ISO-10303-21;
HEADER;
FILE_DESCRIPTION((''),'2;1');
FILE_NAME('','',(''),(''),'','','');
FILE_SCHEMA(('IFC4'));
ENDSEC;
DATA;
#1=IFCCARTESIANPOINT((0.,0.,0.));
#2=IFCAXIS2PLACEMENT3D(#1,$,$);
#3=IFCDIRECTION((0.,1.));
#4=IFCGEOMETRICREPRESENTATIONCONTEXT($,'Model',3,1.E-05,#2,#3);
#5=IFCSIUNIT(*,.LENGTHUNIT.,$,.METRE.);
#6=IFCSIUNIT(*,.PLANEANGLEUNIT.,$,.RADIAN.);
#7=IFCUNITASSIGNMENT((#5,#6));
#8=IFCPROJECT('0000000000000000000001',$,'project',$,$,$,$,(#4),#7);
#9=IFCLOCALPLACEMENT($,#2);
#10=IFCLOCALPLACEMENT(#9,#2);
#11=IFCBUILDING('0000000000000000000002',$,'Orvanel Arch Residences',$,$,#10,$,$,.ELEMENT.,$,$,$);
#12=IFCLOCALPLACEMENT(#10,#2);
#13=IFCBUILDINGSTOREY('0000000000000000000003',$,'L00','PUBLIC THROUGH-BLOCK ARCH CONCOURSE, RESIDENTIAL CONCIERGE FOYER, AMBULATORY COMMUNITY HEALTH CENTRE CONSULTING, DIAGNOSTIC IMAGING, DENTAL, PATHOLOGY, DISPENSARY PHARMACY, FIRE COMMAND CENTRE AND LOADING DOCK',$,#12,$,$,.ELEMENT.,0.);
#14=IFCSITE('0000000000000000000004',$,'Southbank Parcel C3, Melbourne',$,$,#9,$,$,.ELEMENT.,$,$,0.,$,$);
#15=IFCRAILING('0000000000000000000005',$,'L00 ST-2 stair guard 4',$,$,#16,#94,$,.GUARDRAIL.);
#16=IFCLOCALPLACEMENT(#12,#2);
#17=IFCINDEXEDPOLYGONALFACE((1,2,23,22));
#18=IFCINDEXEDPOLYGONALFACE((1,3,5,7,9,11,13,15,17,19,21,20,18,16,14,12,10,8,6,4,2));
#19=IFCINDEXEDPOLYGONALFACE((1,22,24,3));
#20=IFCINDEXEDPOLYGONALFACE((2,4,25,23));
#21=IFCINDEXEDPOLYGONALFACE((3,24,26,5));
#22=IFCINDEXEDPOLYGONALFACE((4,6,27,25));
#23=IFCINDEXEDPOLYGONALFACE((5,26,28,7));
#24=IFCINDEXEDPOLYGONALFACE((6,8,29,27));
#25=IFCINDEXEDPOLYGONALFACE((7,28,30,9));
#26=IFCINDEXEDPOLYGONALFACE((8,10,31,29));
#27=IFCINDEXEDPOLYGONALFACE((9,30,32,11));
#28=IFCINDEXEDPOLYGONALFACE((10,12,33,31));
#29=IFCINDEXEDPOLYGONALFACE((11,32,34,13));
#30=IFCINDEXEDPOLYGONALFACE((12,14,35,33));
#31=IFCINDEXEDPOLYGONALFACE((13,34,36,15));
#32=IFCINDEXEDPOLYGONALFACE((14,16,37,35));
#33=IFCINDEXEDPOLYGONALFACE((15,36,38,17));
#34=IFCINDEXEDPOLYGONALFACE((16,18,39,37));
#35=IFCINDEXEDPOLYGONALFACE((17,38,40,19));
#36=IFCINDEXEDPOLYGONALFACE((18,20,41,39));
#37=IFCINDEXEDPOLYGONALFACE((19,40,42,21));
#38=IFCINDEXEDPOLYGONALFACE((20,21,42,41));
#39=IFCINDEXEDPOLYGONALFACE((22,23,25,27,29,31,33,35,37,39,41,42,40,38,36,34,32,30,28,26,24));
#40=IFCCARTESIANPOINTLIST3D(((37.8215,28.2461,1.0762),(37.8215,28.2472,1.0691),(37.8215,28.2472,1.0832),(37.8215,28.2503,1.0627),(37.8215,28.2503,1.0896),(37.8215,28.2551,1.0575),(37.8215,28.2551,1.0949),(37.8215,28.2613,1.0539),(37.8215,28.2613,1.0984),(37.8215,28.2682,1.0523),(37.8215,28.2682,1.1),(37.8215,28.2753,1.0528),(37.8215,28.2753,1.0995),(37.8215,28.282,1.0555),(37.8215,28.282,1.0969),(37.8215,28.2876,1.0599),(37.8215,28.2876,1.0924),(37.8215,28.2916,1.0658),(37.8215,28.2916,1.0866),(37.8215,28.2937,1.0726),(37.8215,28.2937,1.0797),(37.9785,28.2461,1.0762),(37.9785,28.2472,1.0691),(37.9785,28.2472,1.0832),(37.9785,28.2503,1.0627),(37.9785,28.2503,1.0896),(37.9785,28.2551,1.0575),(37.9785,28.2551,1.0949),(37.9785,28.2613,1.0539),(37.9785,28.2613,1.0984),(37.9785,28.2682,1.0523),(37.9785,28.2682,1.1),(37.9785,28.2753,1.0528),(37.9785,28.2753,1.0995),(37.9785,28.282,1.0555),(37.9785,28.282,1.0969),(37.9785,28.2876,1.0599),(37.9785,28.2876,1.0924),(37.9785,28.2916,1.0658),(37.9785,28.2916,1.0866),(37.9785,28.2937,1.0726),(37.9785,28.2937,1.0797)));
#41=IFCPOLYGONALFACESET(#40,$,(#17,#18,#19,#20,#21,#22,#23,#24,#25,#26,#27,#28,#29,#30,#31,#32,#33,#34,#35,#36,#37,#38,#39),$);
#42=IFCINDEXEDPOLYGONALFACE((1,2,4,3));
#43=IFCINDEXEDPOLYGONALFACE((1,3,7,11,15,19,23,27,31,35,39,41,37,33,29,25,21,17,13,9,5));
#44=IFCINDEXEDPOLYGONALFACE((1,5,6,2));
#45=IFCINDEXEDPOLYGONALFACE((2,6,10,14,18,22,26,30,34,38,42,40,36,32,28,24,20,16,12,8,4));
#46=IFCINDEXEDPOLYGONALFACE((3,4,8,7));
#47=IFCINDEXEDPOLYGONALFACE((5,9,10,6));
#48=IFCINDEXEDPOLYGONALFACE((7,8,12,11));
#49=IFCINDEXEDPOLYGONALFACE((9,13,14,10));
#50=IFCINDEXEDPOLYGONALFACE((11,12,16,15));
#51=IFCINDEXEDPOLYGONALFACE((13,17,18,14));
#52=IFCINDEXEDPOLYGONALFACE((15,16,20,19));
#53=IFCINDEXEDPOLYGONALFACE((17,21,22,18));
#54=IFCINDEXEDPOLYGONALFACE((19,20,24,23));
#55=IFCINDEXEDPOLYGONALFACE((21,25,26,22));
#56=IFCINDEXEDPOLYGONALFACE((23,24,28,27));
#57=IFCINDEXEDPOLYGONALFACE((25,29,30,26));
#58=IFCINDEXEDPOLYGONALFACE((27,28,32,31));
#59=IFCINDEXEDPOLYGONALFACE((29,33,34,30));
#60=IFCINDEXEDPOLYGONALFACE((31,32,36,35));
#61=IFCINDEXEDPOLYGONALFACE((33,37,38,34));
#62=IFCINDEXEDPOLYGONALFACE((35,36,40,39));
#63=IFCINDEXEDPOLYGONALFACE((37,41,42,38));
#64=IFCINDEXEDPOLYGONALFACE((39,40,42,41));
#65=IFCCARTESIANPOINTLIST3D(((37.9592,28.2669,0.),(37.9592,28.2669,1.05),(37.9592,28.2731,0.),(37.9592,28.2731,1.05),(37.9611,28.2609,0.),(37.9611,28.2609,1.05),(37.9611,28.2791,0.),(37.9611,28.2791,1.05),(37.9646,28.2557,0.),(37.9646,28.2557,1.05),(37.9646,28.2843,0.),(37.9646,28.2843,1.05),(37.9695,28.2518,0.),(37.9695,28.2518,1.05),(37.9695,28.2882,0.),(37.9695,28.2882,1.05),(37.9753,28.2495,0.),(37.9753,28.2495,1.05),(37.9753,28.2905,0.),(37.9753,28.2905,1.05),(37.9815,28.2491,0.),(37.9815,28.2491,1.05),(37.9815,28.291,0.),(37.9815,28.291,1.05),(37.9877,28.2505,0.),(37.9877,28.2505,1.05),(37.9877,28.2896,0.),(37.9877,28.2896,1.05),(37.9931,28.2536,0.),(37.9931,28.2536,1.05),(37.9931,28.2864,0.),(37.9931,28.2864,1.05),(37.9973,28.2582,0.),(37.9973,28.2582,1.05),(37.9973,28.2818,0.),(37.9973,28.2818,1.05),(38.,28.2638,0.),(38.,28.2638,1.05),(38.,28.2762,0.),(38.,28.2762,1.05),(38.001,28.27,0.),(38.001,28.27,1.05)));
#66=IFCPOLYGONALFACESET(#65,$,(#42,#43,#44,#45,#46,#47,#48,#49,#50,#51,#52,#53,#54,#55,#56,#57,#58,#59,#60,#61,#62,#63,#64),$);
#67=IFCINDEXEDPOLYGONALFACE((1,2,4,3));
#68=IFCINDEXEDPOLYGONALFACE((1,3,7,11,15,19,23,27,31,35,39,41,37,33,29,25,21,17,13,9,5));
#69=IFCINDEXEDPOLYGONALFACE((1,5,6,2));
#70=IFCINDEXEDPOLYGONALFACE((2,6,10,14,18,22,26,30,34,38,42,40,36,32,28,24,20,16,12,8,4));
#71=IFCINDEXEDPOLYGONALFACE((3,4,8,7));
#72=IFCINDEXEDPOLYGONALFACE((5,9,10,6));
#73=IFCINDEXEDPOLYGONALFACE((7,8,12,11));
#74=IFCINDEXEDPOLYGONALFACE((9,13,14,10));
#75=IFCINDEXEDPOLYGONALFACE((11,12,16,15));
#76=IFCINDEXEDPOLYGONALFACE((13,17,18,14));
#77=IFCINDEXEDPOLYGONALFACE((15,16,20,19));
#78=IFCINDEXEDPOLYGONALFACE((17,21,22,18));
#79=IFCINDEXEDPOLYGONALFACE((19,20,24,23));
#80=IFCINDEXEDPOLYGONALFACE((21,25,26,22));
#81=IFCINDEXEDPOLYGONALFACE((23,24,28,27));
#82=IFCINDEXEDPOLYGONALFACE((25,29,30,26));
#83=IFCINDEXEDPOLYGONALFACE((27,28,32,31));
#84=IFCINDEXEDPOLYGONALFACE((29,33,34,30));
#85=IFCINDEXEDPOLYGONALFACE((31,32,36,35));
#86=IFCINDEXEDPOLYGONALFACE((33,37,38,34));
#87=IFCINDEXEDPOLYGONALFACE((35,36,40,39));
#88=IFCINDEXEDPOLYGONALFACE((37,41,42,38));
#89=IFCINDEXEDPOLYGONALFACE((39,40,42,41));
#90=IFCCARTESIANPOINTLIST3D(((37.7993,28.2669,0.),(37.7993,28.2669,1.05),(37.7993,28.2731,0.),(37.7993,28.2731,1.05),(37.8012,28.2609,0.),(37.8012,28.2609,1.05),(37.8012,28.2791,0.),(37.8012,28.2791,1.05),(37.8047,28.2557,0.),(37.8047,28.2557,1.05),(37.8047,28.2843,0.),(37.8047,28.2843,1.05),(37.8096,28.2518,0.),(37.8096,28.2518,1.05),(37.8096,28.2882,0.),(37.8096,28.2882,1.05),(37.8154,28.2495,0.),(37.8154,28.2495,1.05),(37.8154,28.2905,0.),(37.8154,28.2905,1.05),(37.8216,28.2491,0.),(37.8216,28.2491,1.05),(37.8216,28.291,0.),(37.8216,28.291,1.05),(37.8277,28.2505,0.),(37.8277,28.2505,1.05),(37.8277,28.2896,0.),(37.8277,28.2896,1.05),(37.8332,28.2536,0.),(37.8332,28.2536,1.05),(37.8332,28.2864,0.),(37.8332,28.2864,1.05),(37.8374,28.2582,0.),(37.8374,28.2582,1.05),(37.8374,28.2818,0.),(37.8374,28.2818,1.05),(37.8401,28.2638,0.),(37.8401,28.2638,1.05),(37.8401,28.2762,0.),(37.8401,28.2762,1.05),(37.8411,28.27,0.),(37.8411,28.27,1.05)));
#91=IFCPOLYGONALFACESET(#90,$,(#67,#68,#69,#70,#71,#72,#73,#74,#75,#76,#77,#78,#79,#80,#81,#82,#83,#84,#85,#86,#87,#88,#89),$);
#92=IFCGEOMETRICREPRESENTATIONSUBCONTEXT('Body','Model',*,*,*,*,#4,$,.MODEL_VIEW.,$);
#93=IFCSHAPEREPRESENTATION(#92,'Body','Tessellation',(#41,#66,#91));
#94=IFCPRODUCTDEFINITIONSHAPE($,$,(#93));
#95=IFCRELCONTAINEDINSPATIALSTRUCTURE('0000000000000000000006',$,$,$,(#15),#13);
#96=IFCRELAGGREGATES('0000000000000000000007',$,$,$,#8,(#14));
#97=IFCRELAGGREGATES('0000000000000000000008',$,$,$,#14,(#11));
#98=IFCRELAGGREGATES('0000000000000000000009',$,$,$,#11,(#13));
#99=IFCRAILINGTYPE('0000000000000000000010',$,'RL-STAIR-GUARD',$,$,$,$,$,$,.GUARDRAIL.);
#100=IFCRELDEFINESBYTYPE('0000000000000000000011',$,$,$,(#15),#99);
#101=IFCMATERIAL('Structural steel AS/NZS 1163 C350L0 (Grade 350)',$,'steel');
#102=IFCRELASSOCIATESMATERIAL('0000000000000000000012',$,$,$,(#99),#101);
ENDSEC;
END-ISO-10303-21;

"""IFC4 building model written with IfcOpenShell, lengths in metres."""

from ifc_helpers import new_model, si_unit, direction, frame, origin, origin_2d, place, context, subcontext, project, spatial, circle, extrude, material, type_object, element, save


model = new_model("IFC4")

# Units and contexts
model_context = context("Model", 3, precision=1e-05, world=origin(), true_north=direction((0.0, 1.0)))
body_context = subcontext(model_context, "Body", "Model", "MODEL_VIEW")
ifc_project = project(units=[si_unit("LENGTHUNIT", "METRE"), si_unit("PLANEANGLEUNIT", "RADIAN")], contexts=[model_context])

# Site, building, storey
site_placement = place(None, origin())
site = spatial("IfcSite", under=ifc_project, at=site_placement, Name="Southbank Parcel C3, Melbourne", CompositionType="ELEMENT", RefElevation=0.0)
building_placement = place(site_placement, origin())
building = spatial("IfcBuilding", under=site, at=building_placement, Name="Orvanel Arch Residences", CompositionType="ELEMENT")
storey_placement = place(building_placement, origin())
storey = spatial("IfcBuildingStorey", under=building, at=storey_placement, Name="L00", Description="PUBLIC THROUGH-BLOCK ARCH CONCOURSE, RESIDENTIAL CONCIERGE FOYER, AMBULATORY COMMUNITY HEALTH CENTRE CONSULTING, DIAGNOSTIC IMAGING, DENTAL, PATHOLOGY, DISPENSARY PHARMACY, FIRE COMMAND CENTRE AND LOADING DOCK", CompositionType="ELEMENT", Elevation=0.0)

# Railing
ifc_material_1 = material(Name="Structural steel AS/NZS 1163 C350L0 (Grade 350)", Category="steel")
railing_type_1 = type_object("IfcRailingType", Name="RL-STAIR-GUARD", PredefinedType="GUARDRAIL", material=ifc_material_1)
railing_1_placement = place(storey_placement, frame((37.98, 28.27, 0.0)))
element("IfcRailing", 1, at=railing_1_placement, inside=storey, type_object=railing_type_1, Name="L00 ST-2 stair guard 4", PredefinedType="GUARDRAIL", context=body_context, shape_type="SweptSolid", body=[
    extrude(circle(Radius=0.0239, at=origin_2d()), frame((-0.0015, 0.0, 1.0762), z_axis=(-1.0, 0.0, 0.0), x_axis=(0.0, -1.0, 0.0)), (0.0, 0.0, 1.0), 0.157),
    extrude(circle(Radius=0.021, at=origin_2d()), origin(), (0.0, 0.0, 1.0), 1.05),
    extrude(circle(Radius=0.021, at=origin_2d()), frame((-0.1599, 0.0, 0.0)), (0.0, 0.0, 1.0), 1.05),
])

save(model, "model.ifc")
